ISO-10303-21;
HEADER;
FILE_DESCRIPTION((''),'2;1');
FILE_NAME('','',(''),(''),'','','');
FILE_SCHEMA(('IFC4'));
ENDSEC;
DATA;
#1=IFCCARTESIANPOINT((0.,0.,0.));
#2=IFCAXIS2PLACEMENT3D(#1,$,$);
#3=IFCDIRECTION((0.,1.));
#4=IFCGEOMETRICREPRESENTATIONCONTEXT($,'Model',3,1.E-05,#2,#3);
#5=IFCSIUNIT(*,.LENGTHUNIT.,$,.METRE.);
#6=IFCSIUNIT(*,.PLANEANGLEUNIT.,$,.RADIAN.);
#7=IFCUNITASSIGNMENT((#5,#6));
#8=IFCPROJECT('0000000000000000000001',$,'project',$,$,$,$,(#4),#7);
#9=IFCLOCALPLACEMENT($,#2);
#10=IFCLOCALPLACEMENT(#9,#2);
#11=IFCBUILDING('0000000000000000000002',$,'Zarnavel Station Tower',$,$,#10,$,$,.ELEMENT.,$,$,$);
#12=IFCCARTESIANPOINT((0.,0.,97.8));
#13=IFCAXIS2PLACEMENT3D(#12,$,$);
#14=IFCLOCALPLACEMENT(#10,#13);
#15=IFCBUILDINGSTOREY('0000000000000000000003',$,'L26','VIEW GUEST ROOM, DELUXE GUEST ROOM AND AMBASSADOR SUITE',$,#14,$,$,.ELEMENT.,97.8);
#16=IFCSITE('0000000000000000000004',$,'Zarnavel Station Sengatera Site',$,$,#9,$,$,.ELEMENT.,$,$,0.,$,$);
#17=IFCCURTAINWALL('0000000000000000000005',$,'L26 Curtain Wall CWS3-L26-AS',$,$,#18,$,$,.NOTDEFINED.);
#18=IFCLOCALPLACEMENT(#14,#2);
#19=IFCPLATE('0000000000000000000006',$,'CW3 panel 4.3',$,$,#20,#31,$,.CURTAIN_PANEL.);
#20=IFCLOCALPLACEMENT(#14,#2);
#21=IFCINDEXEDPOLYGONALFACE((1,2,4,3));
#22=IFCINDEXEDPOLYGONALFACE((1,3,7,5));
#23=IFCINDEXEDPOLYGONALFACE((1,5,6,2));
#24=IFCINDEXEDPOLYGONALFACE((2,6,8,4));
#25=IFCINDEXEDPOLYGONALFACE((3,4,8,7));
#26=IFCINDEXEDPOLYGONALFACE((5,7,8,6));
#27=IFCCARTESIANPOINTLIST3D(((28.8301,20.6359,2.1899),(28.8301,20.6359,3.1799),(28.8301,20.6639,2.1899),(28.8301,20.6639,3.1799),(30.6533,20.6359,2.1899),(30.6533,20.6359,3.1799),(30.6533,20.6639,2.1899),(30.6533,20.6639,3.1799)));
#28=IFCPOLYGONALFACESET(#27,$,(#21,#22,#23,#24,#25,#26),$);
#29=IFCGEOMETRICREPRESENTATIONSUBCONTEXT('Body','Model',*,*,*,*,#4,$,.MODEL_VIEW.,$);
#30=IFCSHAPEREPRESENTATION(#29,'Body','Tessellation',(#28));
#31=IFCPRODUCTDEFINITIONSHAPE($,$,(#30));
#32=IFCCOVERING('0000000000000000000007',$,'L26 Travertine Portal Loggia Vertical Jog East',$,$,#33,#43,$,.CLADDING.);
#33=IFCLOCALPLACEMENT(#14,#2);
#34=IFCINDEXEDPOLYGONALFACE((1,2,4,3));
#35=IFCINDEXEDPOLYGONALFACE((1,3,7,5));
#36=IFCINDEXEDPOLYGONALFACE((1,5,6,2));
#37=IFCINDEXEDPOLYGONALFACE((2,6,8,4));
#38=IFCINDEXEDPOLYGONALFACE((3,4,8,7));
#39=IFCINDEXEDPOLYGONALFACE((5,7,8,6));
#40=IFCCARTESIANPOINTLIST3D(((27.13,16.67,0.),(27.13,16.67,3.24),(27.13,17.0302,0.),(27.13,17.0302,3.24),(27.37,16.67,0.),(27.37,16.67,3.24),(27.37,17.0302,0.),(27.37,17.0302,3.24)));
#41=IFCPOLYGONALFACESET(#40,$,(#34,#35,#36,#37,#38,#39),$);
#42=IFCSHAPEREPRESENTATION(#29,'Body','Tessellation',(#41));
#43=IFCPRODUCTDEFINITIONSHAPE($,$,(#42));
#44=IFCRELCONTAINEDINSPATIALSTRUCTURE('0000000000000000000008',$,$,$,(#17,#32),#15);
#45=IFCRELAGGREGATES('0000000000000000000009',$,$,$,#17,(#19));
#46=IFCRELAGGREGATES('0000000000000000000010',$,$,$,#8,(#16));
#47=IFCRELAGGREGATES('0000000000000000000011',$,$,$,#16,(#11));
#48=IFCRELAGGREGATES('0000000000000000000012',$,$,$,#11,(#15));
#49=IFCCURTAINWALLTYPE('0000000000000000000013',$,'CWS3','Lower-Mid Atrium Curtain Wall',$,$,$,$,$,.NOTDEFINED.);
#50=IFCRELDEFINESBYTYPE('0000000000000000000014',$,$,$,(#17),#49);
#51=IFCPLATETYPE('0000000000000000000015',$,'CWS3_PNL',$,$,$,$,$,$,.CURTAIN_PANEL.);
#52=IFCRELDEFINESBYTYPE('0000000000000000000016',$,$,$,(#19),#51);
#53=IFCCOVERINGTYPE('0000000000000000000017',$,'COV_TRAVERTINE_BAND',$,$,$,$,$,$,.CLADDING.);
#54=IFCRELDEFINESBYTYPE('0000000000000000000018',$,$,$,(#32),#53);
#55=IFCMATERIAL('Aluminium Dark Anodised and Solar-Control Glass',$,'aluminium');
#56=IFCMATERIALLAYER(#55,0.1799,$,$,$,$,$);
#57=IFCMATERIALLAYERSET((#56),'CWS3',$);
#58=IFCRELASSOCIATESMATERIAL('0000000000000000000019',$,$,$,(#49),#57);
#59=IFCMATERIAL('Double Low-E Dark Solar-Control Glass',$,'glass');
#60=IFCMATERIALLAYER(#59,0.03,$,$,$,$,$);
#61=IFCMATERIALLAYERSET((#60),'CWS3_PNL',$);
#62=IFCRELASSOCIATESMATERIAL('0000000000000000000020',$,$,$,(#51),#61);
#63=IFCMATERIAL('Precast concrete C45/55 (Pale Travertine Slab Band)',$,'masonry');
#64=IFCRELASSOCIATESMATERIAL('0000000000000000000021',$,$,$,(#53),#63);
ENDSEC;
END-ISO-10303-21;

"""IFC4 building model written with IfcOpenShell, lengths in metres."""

from ifc_helpers import new_model, si_unit, direction, frame, origin, origin_2d, place, context, subcontext, project, spatial, rectangle, extrude, material, layer, layer_set, type_object, element, aggregate, save


model = new_model("IFC4")

# Units and contexts
model_context = context("Model", 3, precision=1e-05, world=origin(), true_north=direction((0.0, 1.0)))
body_context = subcontext(model_context, "Body", "Model", "MODEL_VIEW")
ifc_project = project(units=[si_unit("LENGTHUNIT", "METRE"), si_unit("PLANEANGLEUNIT", "RADIAN")], contexts=[model_context])

# Site, building, storey
site_placement = place(None, origin())
site = spatial("IfcSite", under=ifc_project, at=site_placement, Name="Zarnavel Station Sengatera Site", CompositionType="ELEMENT", RefElevation=0.0)
building_placement = place(site_placement, origin())
building = spatial("IfcBuilding", under=site, at=building_placement, Name="Zarnavel Station Tower", CompositionType="ELEMENT")
storey_placement = place(building_placement, frame((0.0, 0.0, 97.8)))
storey = spatial("IfcBuildingStorey", under=building, at=storey_placement, Name="L26", Description="VIEW GUEST ROOM, DELUXE GUEST ROOM AND AMBASSADOR SUITE", CompositionType="ELEMENT", Elevation=97.8)

# Curtain wall
ifc_material_1 = material(Name="Aluminium Dark Anodised and Solar-Control Glass", Category="aluminium")
ifc_layer_1 = layer(ifc_material_1, 0.1799)
ifc_layer_set_1 = layer_set([ifc_layer_1], Name="CWS3")
curtain_wall_type_1 = type_object("IfcCurtainWallType", Name="CWS3", Description="Lower-Mid Atrium Curtain Wall", PredefinedType="NOTDEFINED", material=ifc_layer_set_1)
curtain_wall_1_placement = place(storey_placement, origin())
curtain_wall_1 = element("IfcCurtainWall", 1, at=curtain_wall_1_placement, inside=storey, type_object=curtain_wall_type_1, Name="L26 Curtain Wall CWS3-L26-AS", PredefinedType="NOTDEFINED")

# Plate
ifc_material_2 = material(Name="Double Low-E Dark Solar-Control Glass", Category="glass")
ifc_layer_2 = layer(ifc_material_2, 0.03)
ifc_layer_set_2 = layer_set([ifc_layer_2], Name="CWS3_PNL")
plate_type = type_object("IfcPlateType", Name="CWS3_PNL", PredefinedType="CURTAIN_PANEL", material=ifc_layer_set_2)
plate_1_placement = place(storey_placement, frame((29.7417, 20.6499, 2.1899), z_axis=(0.0, 0.0, 1.0), x_axis=(1.0, 0.0, 0.0)))
plate_1 = element("IfcPlate", 2, at=plate_1_placement, type_object=plate_type, Name="CW3 panel 4.3", PredefinedType="CURTAIN_PANEL", context=body_context, shape_type="SweptSolid", body=[
    extrude(rectangle(XDim=1.8232, YDim=0.0281, at=origin_2d()), origin(), (0.0, 0.0, 1.0), 0.99),
])
aggregate(curtain_wall_1, [plate_1])

# Covering
ifc_material_3 = material(Name="Precast concrete C45/55 (Pale Travertine Slab Band)", Category="masonry")
covering_type = type_object("IfcCoveringType", Name="COV_TRAVERTINE_BAND", PredefinedType="CLADDING", material=ifc_material_3)
covering_placement = place(storey_placement, frame((27.25, 16.8501, 0.0), z_axis=(0.0, 0.0, 1.0), x_axis=(1.0, 0.0, 0.0)))
element("IfcCovering", 3, at=covering_placement, inside=storey, type_object=covering_type, Name="L26 Travertine Portal Loggia Vertical Jog East", PredefinedType="CLADDING", context=body_context, shape_type="SweptSolid", body=[
    extrude(rectangle(XDim=0.24, YDim=0.3601, at=origin_2d()), origin(), (0.0, 0.0, 1.0), 3.24),
])

save(model, "model.ifc")
